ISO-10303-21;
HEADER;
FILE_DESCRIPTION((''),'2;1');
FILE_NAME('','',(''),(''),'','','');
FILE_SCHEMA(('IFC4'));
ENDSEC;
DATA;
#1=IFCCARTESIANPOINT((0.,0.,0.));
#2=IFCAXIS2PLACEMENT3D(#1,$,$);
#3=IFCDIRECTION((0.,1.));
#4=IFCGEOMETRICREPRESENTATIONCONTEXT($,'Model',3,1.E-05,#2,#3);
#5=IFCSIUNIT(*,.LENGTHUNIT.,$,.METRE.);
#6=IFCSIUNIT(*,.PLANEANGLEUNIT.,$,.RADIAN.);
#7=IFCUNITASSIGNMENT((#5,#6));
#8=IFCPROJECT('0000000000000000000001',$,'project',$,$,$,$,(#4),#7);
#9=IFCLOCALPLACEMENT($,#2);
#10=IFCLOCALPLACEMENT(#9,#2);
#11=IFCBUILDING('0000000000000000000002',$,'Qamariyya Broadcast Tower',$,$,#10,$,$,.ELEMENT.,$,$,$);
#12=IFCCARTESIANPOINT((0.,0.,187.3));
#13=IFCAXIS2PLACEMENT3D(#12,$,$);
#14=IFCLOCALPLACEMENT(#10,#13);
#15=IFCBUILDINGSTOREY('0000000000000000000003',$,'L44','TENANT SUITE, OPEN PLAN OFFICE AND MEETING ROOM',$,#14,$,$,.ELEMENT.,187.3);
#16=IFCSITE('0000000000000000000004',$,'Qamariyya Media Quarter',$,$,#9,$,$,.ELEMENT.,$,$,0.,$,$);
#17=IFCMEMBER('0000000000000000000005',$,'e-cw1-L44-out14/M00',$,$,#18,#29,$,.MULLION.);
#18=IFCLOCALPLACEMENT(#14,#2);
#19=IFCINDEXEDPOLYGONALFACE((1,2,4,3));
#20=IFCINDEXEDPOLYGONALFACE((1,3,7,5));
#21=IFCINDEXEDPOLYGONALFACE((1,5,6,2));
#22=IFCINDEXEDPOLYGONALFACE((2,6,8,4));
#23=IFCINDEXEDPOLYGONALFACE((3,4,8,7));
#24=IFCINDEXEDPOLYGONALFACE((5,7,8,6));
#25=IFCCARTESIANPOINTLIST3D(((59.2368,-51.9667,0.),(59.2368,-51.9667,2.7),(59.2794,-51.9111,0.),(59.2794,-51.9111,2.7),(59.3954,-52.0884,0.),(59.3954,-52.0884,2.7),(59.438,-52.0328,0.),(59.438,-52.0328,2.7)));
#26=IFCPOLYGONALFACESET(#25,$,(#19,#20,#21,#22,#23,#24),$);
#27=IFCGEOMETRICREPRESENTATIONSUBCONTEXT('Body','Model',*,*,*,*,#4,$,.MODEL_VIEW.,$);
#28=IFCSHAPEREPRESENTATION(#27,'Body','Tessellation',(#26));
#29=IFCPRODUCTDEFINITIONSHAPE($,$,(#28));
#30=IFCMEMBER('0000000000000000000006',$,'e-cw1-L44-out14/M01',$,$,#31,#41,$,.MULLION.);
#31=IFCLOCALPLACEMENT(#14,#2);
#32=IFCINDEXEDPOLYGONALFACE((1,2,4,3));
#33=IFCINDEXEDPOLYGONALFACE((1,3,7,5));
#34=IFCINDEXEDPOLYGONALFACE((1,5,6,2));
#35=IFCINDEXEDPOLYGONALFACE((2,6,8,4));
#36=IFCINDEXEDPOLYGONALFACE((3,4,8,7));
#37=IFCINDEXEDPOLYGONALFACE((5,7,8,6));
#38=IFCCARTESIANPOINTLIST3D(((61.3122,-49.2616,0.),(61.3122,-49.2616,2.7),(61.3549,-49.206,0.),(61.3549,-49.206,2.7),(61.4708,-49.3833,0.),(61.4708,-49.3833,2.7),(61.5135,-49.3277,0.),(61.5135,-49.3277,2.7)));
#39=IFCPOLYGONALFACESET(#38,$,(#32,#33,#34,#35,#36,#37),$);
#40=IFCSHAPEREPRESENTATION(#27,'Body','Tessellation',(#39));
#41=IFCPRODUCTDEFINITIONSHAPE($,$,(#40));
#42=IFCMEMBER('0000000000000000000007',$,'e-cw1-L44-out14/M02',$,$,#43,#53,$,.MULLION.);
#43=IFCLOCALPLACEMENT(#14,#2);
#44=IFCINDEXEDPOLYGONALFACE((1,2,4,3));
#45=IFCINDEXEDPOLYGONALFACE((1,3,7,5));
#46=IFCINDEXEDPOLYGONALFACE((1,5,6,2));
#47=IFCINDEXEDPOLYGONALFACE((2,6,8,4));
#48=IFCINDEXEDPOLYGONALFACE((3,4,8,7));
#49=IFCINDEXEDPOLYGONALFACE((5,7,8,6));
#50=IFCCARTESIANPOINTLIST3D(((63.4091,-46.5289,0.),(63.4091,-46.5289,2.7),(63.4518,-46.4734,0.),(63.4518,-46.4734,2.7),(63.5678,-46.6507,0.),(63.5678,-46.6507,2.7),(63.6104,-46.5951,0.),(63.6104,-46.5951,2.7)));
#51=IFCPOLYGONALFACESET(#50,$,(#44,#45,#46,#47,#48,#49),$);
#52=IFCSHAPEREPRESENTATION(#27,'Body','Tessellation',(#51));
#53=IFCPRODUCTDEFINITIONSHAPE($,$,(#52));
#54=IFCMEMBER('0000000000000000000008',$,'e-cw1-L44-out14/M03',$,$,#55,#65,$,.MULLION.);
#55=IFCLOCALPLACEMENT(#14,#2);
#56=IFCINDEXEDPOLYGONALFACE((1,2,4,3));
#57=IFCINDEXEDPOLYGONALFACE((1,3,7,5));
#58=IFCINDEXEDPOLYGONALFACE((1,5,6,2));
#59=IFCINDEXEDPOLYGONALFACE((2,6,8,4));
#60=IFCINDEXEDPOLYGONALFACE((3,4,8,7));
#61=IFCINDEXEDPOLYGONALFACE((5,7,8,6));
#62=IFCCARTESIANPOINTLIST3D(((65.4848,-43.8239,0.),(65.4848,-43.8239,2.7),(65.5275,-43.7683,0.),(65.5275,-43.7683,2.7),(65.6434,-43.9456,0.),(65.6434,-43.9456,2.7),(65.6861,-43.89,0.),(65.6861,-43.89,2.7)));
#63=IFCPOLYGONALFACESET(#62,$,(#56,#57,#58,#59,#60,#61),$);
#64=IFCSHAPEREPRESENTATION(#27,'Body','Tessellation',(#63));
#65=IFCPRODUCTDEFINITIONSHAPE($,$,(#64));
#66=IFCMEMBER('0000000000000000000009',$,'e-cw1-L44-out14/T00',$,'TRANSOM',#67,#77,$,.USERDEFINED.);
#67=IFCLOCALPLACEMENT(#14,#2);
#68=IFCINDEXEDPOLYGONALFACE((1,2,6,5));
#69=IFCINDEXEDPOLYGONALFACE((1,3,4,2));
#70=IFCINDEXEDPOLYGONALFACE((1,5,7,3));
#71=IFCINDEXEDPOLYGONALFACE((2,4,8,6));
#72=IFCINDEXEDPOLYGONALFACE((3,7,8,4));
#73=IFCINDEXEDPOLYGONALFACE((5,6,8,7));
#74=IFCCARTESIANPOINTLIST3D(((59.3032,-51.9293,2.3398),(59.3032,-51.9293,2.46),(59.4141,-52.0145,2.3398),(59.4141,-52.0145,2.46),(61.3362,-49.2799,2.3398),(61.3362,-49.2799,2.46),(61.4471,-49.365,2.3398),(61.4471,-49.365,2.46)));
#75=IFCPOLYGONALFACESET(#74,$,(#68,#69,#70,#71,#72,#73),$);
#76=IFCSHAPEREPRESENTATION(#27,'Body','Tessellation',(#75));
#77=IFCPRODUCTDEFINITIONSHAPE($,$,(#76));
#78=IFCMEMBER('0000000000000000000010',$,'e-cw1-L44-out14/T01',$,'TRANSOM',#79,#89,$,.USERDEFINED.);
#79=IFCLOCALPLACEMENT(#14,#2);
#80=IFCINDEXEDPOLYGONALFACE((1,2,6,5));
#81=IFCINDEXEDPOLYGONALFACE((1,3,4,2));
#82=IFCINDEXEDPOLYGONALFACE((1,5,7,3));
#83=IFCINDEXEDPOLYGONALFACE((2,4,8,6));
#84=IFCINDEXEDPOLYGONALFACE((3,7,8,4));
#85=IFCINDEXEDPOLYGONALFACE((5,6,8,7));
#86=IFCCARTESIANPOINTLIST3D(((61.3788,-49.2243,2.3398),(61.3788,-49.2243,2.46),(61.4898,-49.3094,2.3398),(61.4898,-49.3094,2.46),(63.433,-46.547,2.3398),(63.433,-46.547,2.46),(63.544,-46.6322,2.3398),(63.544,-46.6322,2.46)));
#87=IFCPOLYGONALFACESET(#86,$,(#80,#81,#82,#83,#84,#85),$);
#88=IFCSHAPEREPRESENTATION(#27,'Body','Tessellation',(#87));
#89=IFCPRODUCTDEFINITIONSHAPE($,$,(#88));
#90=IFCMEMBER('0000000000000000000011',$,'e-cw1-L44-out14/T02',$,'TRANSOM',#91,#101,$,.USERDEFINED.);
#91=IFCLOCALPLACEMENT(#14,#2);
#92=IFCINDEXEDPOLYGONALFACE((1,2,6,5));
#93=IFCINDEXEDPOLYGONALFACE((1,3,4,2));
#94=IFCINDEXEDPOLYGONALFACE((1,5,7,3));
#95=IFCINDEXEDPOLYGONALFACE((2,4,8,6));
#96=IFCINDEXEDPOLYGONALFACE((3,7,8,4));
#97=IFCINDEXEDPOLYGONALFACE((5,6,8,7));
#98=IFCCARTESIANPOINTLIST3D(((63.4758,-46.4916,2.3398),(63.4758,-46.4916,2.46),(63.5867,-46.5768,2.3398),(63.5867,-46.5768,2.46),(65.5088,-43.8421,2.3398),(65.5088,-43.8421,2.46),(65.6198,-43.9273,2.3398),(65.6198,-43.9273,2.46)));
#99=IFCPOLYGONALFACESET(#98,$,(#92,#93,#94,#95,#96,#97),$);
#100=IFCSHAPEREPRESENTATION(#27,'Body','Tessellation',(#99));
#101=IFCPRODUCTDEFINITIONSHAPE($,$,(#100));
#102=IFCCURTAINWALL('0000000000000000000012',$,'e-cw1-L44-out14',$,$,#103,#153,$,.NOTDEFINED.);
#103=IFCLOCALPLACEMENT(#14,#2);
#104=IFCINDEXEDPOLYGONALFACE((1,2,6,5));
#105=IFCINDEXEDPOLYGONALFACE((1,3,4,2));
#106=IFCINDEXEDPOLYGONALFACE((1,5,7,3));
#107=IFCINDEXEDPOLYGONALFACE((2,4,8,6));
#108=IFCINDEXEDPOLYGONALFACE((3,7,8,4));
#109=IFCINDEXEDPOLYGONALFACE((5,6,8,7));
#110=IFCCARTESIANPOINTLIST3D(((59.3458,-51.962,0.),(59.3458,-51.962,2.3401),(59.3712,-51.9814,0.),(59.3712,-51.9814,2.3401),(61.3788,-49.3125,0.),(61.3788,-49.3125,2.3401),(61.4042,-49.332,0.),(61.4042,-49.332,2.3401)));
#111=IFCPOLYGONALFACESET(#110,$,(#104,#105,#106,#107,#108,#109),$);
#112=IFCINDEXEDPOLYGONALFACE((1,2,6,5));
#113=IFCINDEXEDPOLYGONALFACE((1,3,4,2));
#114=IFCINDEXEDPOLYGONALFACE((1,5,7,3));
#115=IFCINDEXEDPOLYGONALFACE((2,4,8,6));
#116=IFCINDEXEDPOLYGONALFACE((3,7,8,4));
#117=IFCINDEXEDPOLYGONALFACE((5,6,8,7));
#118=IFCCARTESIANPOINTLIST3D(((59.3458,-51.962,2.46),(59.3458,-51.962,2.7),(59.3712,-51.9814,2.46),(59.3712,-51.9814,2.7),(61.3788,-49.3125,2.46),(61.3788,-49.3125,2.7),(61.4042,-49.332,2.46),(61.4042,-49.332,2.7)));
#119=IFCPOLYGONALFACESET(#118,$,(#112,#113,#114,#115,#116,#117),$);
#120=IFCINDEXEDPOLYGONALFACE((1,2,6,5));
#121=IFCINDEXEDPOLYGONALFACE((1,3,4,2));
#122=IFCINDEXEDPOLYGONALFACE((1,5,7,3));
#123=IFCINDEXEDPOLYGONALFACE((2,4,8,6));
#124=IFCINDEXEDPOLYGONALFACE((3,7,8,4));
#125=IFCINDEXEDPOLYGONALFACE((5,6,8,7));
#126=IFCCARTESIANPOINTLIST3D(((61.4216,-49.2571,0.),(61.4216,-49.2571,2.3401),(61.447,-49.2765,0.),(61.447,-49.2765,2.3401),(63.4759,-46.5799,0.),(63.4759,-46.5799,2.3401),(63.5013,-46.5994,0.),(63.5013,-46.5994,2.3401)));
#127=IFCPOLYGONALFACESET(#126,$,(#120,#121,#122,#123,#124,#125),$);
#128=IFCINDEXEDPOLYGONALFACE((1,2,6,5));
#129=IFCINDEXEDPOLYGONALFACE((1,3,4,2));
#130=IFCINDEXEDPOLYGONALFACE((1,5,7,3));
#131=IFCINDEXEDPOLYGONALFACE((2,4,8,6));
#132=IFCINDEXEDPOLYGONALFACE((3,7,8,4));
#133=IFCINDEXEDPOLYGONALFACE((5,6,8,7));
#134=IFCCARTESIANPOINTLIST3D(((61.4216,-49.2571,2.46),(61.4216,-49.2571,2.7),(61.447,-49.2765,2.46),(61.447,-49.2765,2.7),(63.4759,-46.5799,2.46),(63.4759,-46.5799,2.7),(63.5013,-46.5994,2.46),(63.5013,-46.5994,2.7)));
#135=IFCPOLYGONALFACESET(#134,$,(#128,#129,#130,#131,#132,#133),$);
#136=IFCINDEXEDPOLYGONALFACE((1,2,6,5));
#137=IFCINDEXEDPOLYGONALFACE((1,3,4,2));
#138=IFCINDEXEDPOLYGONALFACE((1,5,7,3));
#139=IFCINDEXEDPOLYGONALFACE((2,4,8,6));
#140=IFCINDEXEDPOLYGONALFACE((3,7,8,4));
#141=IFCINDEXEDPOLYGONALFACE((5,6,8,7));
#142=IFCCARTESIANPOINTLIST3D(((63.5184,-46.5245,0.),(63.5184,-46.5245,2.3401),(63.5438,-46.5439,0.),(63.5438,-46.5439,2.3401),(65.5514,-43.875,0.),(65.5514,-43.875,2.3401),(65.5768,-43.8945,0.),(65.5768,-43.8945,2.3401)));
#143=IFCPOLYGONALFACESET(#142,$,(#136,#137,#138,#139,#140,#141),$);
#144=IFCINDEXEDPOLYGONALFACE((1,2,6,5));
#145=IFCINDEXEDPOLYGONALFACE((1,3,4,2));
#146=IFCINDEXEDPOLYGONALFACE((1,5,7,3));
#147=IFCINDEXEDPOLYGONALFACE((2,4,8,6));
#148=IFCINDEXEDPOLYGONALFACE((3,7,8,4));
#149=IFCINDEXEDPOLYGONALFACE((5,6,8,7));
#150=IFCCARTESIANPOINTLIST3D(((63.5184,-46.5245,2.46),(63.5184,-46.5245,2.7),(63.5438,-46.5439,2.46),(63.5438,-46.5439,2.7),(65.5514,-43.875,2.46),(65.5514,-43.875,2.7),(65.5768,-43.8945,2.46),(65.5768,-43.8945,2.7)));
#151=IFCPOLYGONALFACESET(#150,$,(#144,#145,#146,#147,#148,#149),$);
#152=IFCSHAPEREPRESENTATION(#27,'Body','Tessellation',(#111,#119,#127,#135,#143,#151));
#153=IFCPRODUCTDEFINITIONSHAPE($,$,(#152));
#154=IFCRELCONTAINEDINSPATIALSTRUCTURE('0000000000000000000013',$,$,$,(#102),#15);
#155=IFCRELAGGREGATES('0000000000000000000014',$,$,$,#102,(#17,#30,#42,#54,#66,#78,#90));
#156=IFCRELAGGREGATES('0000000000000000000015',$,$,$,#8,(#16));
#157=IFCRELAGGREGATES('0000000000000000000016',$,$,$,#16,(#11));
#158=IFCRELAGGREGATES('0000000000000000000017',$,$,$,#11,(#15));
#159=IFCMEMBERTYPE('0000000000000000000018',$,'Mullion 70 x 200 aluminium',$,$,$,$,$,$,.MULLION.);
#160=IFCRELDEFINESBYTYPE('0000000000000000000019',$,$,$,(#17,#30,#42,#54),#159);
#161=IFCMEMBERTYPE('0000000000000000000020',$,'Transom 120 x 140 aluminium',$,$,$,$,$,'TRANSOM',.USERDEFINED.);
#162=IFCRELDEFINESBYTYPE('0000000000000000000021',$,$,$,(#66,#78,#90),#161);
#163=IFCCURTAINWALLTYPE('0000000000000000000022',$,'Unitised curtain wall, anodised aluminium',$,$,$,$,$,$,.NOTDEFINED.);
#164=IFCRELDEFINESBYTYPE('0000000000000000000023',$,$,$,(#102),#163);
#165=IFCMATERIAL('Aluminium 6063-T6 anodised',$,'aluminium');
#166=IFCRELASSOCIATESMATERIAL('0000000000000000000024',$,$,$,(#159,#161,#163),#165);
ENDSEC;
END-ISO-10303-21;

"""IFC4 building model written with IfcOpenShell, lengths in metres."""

from ifc_helpers import new_model, si_unit, direction, frame, origin, origin_2d, place, context, subcontext, project, spatial, rectangle, extrude, material, material_profile, profile_set, type_object, element, aggregate, save


model = new_model("IFC4")

# Units and contexts
model_context = context("Model", 3, precision=1e-05, world=origin(), true_north=direction((0.0, 1.0)))
body_context = subcontext(model_context, "Body", "Model", "MODEL_VIEW")
ifc_project = project(units=[si_unit("LENGTHUNIT", "METRE"), si_unit("PLANEANGLEUNIT", "RADIAN")], contexts=[model_context])

# Members
ifc_material_1 = material(Name="Aluminium 6063-T6 anodised", Category="aluminium")
ifc_material_profile_1 = material_profile(ifc_material_1, rectangle(XDim=0.2, YDim=0.0701, at=origin_2d()))
ifc_profile_set_1 = profile_set([ifc_material_profile_1], Name="Aluminium 6063-T6 anodised")
member_type_1 = type_object("IfcMemberType", Name="Mullion 70 x 200 aluminium", PredefinedType="MULLION", material=ifc_profile_set_1)
site_placement = place(None, origin())
building_placement = place(site_placement, origin())
storey_placement = place(building_placement, frame((0.0, 0.0, 187.3)))
member_1_placement = place(storey_placement, frame((59.3374, -51.9998, 0.0), z_axis=(0.0, 0.0, 1.0), x_axis=(-0.793353, 0.608761, 0.0)))
member_1 = element("IfcMember", 1, at=member_1_placement, type_object=member_type_1, Name="e-cw1-L44-out14/M00", PredefinedType="MULLION", context=body_context, shape_type="SweptSolid", body=[
    extrude(rectangle(XDim=0.2, YDim=0.0701, at=origin_2d()), origin(), (0.0, 0.0, 1.0), 2.7),
])
member_2_placement = place(storey_placement, frame((61.4128, -49.2947, 0.0), z_axis=(0.0, 0.0, 1.0), x_axis=(-0.793353, 0.608761, 0.0)))
member_2 = element("IfcMember", 2, at=member_2_placement, type_object=member_type_1, Name="e-cw1-L44-out14/M01", PredefinedType="MULLION", context=body_context, shape_type="SweptSolid", body=[
    extrude(rectangle(XDim=0.2, YDim=0.0701, at=origin_2d()), origin(), (0.0, 0.0, 1.0), 2.7),
])
member_3_placement = place(storey_placement, frame((63.5098, -46.562, 0.0), z_axis=(0.0, 0.0, 1.0), x_axis=(-0.793353, 0.608761, 0.0)))
member_3 = element("IfcMember", 3, at=member_3_placement, type_object=member_type_1, Name="e-cw1-L44-out14/M02", PredefinedType="MULLION", context=body_context, shape_type="SweptSolid", body=[
    extrude(rectangle(XDim=0.2, YDim=0.0701, at=origin_2d()), origin(), (0.0, 0.0, 1.0), 2.7),
])
member_4_placement = place(storey_placement, frame((65.5854, -43.8569, 0.0), z_axis=(0.0, 0.0, 1.0), x_axis=(-0.793353, 0.608761, 0.0)))
member_4 = element("IfcMember", 4, at=member_4_placement, type_object=member_type_1, Name="e-cw1-L44-out14/M03", PredefinedType="MULLION", context=body_context, shape_type="SweptSolid", body=[
    extrude(rectangle(XDim=0.2, YDim=0.0701, at=origin_2d()), origin(), (0.0, 0.0, 1.0), 2.7),
])
ifc_material_profile_2 = material_profile(ifc_material_1, rectangle(XDim=0.1399, YDim=0.1201, at=origin_2d()))
ifc_profile_set_2 = profile_set([ifc_material_profile_2], Name="Aluminium 6063-T6 anodised")
member_type_2 = type_object("IfcMemberType", Name="Transom 120 x 140 aluminium", ElementType="TRANSOM", PredefinedType="USERDEFINED", material=ifc_profile_set_2)
member_5_placement = place(storey_placement, frame((59.3586, -51.9719, 2.3999), z_axis=(0.60876, 0.793354, 0.0), x_axis=(-0.793354, 0.60876, 0.0)))
member_5 = element("IfcMember", 5, at=member_5_placement, type_object=member_type_2, Name="e-cw1-L44-out14/T00", ObjectType="TRANSOM", PredefinedType="USERDEFINED", context=body_context, shape_type="SweptSolid", body=[
    extrude(rectangle(XDim=0.1399, YDim=0.1201, at=origin_2d()), origin(), (0.0, 0.0, 1.0), 3.3396),
])
member_6_placement = place(storey_placement, frame((61.4343, -49.2668, 2.3999), z_axis=(0.608738, 0.793371, 0.0), x_axis=(-0.793371, 0.608738, 0.0)))
member_6 = element("IfcMember", 6, at=member_6_placement, type_object=member_type_2, Name="e-cw1-L44-out14/T01", ObjectType="TRANSOM", PredefinedType="USERDEFINED", context=body_context, shape_type="SweptSolid", body=[
    extrude(rectangle(XDim=0.1399, YDim=0.1201, at=origin_2d()), origin(), (0.0, 0.0, 1.0), 3.3745),
])
member_7_placement = place(storey_placement, frame((63.5312, -46.5342, 2.3999), z_axis=(0.60876, 0.793354, 0.0), x_axis=(-0.793354, 0.60876, 0.0)))
member_7 = element("IfcMember", 7, at=member_7_placement, type_object=member_type_2, Name="e-cw1-L44-out14/T02", ObjectType="TRANSOM", PredefinedType="USERDEFINED", context=body_context, shape_type="SweptSolid", body=[
    extrude(rectangle(XDim=0.1399, YDim=0.1201, at=origin_2d()), origin(), (0.0, 0.0, 1.0), 3.3396),
])

# Site, building, storey
site = spatial("IfcSite", under=ifc_project, at=site_placement, Name="Qamariyya Media Quarter", CompositionType="ELEMENT", RefElevation=0.0)
building = spatial("IfcBuilding", under=site, at=building_placement, Name="Qamariyya Broadcast Tower", CompositionType="ELEMENT")
storey = spatial("IfcBuildingStorey", under=building, at=storey_placement, Name="L44", Description="TENANT SUITE, OPEN PLAN OFFICE AND MEETING ROOM", CompositionType="ELEMENT", Elevation=187.3)

# Curtain wall
curtain_wall_type = type_object("IfcCurtainWallType", Name="Unitised curtain wall, anodised aluminium", PredefinedType="NOTDEFINED", material=ifc_material_1)
curtain_wall_1_placement = place(storey_placement, origin())
curtain_wall_1 = element("IfcCurtainWall", 8, at=curtain_wall_1_placement, inside=storey, type_object=curtain_wall_type, Name="e-cw1-L44-out14", PredefinedType="NOTDEFINED", context=body_context, shape_type="SweptSolid", body=[
    extrude(rectangle(XDim=3.3396, YDim=0.032, at=origin_2d()), frame((60.375, -50.647, 0.0), x_axis=(0.608764, 0.793352, 0.0)), (0.0, 0.0, 1.0), 2.3401),
    extrude(rectangle(XDim=3.3396, YDim=0.032, at=origin_2d()), frame((60.375, -50.647, 2.46), x_axis=(0.608764, 0.793352, 0.0)), (0.0, 0.0, 1.0), 0.24),
    extrude(rectangle(XDim=3.3745, YDim=0.032, at=origin_2d()), frame((62.4614, -47.9282, 0.0), x_axis=(0.608764, 0.793352, 0.0)), (0.0, 0.0, 1.0), 2.3401),
    extrude(rectangle(XDim=3.3745, YDim=0.032, at=origin_2d()), frame((62.4614, -47.9282, 2.46), x_axis=(0.608764, 0.793352, 0.0)), (0.0, 0.0, 1.0), 0.24),
    extrude(rectangle(XDim=3.3396, YDim=0.032, at=origin_2d()), frame((64.5476, -45.2095, 0.0), x_axis=(0.608764, 0.793352, 0.0)), (0.0, 0.0, 1.0), 2.3401),
    extrude(rectangle(XDim=3.3396, YDim=0.032, at=origin_2d()), frame((64.5476, -45.2095, 2.46), x_axis=(0.608764, 0.793352, 0.0)), (0.0, 0.0, 1.0), 0.24),
])
aggregate(curtain_wall_1, [member_1, member_2, member_3, member_4, member_5, member_6, member_7])

save(model, "model.ifc")
